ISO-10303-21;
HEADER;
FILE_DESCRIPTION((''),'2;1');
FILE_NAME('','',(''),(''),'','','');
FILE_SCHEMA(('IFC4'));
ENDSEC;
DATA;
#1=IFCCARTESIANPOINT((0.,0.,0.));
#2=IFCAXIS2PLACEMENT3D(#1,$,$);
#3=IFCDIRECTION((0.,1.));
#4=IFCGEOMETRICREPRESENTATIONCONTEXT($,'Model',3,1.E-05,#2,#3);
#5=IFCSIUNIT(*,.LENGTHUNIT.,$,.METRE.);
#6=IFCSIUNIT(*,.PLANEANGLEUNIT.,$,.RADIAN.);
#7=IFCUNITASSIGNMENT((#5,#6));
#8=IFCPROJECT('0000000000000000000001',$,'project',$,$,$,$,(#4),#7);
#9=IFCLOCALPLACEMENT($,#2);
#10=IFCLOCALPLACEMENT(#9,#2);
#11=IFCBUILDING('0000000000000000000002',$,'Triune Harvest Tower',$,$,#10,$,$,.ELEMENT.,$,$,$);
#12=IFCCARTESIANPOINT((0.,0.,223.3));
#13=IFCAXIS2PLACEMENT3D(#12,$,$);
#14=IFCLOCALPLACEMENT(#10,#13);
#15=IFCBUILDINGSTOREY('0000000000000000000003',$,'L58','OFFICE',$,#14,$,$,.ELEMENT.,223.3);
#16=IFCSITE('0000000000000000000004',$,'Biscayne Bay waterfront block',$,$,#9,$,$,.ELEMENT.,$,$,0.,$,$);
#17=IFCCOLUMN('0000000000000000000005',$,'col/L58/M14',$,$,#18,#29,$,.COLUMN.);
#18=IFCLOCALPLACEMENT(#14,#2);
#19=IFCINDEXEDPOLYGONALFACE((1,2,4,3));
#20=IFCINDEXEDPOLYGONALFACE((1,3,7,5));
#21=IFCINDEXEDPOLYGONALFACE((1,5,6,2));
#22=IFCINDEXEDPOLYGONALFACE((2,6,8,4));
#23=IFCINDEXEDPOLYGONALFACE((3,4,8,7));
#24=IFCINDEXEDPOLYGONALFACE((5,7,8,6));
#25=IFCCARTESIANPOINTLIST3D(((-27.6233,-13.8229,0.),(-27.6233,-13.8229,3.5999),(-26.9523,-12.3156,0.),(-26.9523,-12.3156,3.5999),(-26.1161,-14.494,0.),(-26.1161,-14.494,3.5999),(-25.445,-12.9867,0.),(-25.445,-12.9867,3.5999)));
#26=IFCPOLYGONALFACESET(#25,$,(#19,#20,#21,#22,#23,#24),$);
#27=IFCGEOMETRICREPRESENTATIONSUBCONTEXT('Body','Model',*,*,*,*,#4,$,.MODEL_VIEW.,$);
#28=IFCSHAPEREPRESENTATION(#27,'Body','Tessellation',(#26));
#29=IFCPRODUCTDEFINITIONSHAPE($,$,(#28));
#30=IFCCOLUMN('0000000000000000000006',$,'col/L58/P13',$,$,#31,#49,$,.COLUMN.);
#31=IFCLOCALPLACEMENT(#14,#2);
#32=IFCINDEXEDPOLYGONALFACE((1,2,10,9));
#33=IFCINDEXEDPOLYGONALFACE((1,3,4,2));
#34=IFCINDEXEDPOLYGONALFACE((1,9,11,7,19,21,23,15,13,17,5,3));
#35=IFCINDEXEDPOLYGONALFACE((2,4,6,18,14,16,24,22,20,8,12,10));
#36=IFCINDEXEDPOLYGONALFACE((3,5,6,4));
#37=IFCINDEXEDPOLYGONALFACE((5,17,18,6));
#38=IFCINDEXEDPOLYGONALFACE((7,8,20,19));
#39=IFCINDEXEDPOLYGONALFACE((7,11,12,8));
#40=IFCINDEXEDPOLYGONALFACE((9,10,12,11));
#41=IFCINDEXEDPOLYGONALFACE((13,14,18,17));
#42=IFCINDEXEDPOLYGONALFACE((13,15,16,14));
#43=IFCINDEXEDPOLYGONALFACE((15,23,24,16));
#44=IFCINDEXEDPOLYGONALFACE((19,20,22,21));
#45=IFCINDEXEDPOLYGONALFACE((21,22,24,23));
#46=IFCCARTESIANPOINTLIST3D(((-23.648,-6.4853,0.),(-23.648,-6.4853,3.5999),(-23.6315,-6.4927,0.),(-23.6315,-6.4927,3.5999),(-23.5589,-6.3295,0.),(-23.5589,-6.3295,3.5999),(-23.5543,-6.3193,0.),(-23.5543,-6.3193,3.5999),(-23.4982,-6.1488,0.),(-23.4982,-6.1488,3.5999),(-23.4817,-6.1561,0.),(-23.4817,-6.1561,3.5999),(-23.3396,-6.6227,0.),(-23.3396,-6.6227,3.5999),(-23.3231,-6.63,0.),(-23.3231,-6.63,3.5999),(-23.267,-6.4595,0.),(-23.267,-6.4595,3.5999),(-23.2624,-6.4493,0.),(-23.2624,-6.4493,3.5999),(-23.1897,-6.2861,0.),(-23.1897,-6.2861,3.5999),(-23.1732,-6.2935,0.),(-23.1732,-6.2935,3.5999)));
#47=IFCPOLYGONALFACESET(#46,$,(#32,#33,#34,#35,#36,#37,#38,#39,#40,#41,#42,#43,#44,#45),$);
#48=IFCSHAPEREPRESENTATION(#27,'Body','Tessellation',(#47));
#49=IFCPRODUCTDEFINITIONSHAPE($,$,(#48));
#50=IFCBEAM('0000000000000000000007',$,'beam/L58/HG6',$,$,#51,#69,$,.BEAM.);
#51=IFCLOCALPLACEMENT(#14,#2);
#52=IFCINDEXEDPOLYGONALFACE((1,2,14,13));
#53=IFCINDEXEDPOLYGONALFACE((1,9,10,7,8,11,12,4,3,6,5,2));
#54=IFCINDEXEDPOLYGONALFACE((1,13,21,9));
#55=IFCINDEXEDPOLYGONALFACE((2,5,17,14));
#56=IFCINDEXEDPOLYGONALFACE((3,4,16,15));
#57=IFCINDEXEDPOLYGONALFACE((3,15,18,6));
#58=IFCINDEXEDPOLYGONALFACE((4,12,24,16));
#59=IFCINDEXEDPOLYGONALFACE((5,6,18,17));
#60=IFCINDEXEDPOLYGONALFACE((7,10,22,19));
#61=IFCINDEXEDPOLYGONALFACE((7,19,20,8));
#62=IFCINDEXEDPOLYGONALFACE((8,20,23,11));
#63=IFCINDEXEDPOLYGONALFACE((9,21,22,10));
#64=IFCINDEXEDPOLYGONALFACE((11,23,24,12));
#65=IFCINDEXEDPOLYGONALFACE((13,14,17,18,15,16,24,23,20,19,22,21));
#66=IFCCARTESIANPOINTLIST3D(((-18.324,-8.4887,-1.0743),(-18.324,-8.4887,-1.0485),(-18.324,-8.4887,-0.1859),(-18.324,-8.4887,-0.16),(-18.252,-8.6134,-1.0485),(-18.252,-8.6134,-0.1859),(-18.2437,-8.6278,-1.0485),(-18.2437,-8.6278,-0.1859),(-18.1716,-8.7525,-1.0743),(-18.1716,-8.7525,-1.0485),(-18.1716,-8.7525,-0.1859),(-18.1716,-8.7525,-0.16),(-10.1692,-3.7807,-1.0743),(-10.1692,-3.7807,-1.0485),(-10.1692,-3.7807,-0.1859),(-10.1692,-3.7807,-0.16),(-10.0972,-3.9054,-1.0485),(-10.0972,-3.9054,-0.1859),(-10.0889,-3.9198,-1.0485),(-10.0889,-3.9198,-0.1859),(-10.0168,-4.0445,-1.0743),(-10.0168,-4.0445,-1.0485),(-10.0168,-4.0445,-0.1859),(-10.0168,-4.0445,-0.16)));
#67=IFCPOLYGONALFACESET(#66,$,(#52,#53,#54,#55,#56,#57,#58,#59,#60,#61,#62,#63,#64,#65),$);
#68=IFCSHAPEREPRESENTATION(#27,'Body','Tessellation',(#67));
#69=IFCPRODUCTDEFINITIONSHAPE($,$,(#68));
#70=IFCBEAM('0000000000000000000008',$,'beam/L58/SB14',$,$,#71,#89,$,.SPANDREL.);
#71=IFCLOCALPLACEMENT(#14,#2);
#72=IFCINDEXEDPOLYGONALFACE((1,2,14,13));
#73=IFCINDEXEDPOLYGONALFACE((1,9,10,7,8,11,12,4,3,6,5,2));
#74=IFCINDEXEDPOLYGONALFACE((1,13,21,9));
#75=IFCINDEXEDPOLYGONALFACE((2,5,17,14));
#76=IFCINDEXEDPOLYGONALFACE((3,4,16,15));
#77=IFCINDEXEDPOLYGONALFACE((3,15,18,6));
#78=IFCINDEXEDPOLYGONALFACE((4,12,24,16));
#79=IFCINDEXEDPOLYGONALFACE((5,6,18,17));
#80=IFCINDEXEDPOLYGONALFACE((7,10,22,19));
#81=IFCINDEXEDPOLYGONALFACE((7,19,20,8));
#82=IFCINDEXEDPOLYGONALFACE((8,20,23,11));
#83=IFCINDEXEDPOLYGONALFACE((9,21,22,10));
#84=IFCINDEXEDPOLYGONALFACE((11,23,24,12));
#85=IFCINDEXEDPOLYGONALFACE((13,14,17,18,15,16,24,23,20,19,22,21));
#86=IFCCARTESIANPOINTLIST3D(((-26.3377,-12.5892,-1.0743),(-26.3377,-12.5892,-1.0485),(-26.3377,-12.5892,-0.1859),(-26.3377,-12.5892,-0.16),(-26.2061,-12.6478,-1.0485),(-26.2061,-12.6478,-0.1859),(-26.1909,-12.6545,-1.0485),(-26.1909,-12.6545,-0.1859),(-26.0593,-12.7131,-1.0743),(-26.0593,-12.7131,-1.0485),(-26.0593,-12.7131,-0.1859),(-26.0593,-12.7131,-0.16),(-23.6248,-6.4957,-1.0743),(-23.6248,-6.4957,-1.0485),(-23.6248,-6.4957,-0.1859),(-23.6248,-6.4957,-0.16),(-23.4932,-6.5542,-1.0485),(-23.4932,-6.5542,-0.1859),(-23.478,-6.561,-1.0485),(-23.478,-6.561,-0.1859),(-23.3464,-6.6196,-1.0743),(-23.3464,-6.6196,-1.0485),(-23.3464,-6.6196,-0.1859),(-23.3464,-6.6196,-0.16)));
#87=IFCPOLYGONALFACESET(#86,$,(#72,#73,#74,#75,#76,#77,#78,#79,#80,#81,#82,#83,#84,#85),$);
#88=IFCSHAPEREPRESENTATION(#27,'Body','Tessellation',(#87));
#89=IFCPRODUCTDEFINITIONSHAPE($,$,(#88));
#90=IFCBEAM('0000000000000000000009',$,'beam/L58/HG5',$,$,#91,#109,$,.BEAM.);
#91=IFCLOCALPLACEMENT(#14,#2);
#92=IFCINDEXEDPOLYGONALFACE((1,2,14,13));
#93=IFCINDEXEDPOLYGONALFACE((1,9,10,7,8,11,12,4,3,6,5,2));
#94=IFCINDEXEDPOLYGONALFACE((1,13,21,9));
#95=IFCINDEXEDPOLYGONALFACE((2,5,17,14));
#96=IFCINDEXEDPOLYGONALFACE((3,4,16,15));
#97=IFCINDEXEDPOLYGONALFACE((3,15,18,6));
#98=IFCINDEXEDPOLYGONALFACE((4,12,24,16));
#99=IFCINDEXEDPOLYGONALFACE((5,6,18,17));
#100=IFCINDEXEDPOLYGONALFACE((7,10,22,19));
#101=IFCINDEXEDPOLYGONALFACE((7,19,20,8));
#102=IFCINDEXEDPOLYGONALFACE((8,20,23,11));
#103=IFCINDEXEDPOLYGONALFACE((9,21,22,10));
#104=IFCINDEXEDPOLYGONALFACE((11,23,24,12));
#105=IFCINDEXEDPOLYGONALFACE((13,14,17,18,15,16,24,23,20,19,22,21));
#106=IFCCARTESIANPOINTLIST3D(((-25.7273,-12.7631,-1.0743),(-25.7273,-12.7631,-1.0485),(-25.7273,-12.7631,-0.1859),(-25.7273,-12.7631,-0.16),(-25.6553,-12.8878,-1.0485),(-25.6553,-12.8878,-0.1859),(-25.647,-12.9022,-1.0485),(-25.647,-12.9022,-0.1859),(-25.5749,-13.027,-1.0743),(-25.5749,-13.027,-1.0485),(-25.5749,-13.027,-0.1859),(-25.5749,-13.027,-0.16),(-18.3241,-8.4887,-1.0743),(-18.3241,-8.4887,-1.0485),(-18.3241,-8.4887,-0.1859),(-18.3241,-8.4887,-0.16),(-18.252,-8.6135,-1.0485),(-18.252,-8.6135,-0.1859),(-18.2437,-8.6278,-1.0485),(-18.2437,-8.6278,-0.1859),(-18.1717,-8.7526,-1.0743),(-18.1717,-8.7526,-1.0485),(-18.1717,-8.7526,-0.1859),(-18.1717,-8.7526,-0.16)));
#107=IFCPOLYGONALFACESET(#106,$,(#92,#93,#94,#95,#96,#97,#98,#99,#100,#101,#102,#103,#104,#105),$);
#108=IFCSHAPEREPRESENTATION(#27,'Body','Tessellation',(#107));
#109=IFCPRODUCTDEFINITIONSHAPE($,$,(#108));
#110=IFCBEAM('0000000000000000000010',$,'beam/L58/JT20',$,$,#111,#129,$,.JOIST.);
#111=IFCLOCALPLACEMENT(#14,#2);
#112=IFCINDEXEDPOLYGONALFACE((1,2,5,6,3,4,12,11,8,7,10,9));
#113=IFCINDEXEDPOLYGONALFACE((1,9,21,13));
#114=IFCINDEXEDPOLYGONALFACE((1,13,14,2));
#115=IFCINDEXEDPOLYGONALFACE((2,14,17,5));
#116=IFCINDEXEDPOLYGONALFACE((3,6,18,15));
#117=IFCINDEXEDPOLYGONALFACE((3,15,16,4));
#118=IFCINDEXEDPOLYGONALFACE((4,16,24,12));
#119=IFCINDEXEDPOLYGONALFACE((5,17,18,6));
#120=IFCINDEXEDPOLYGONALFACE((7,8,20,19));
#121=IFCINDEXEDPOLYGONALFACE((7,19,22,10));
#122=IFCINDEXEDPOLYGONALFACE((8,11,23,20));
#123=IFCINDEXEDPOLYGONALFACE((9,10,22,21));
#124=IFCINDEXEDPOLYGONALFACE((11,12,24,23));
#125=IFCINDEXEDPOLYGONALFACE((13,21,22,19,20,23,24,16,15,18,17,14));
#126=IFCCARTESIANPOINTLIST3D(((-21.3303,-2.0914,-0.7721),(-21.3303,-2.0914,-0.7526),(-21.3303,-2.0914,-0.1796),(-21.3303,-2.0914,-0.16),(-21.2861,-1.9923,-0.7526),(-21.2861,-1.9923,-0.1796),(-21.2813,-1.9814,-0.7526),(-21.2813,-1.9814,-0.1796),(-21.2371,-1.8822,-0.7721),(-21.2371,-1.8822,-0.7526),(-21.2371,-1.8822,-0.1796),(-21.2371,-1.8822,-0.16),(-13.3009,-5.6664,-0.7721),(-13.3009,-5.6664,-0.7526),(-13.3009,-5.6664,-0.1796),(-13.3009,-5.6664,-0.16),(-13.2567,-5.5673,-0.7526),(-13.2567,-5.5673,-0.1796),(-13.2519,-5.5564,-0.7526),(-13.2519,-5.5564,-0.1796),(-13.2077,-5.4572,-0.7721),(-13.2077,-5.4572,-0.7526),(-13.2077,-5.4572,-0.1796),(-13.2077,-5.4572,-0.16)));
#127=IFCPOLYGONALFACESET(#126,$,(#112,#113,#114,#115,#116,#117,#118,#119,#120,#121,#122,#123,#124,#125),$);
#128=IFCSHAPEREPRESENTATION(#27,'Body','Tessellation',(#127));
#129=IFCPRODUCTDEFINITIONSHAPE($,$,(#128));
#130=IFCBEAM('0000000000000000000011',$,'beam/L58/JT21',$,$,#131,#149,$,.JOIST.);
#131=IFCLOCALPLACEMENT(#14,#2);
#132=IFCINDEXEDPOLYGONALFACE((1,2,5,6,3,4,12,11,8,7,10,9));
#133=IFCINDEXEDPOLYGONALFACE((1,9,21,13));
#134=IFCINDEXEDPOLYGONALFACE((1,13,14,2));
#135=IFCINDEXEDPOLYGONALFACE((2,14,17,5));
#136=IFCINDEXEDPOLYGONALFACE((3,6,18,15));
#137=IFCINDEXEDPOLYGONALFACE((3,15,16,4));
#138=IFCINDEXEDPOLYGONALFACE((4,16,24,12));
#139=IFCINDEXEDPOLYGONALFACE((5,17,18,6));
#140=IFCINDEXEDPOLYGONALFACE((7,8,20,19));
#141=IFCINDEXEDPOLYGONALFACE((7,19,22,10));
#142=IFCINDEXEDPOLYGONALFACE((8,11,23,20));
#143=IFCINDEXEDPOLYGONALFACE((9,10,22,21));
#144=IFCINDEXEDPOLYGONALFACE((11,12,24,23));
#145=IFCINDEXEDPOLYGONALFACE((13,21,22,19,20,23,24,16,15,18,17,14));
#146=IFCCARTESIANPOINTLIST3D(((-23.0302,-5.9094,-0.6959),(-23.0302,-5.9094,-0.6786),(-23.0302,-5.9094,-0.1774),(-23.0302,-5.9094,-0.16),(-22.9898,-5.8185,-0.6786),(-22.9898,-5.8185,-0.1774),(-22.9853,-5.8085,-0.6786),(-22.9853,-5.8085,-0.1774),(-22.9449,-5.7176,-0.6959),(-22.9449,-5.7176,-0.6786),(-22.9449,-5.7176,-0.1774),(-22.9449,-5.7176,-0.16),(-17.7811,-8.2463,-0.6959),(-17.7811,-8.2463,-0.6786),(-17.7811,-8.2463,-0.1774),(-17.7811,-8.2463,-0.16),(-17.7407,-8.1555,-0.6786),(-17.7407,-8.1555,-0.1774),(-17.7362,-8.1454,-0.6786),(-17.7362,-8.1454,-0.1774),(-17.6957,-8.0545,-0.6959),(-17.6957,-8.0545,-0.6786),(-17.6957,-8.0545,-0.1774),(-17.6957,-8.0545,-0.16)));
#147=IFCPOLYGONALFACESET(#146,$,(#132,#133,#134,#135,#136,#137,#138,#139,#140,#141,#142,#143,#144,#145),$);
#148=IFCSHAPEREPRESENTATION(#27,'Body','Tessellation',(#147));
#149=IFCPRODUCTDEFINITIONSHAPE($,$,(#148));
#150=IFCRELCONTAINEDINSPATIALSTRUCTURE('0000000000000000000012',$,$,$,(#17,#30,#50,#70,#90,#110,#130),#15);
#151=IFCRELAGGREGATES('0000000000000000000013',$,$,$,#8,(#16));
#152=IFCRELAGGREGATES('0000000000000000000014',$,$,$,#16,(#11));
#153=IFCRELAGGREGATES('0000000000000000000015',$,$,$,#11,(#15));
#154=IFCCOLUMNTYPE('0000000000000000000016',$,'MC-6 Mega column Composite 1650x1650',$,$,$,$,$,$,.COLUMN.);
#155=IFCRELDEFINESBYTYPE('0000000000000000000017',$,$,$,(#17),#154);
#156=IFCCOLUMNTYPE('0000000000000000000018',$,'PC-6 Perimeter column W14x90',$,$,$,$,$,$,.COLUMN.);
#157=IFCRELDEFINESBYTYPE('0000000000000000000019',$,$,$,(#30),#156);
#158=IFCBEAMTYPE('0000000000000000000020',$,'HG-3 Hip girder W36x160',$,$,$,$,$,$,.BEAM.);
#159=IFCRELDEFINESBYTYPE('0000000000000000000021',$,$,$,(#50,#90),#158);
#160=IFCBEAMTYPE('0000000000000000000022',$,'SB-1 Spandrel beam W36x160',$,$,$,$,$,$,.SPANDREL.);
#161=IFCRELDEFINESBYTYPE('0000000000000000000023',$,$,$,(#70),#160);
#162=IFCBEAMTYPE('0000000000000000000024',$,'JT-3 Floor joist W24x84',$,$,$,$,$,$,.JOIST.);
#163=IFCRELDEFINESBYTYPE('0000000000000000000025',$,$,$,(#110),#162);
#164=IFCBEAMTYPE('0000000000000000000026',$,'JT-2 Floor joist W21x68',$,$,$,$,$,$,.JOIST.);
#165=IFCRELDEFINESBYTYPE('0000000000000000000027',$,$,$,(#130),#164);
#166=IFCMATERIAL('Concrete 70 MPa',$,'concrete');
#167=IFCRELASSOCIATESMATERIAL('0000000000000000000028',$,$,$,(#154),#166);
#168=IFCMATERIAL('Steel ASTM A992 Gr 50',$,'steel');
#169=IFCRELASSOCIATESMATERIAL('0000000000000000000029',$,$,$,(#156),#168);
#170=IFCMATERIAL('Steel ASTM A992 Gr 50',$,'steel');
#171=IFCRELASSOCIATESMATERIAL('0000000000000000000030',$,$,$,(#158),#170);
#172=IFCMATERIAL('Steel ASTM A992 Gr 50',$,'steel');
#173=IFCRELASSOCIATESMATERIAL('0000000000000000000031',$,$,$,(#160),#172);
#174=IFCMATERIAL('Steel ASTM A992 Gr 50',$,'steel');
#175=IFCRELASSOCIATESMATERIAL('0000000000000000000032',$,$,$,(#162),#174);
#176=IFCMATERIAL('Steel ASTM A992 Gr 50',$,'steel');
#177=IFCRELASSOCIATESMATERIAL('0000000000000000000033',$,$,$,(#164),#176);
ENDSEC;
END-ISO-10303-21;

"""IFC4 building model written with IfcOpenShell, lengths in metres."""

from ifc_helpers import new_model, si_unit, direction, frame, origin, origin_2d, place, context, subcontext, project, spatial, rectangle, i_section, extrude, source, transform, mapped, material, material_profile, profile_set, type_object, element, save


model = new_model("IFC4")

# Units and contexts
model_context = context("Model", 3, precision=1e-05, world=origin(), true_north=direction((0.0, 1.0)))
body_context = subcontext(model_context, "Body", "Model", "MODEL_VIEW")
ifc_project = project(units=[si_unit("LENGTHUNIT", "METRE"), si_unit("PLANEANGLEUNIT", "RADIAN")], contexts=[model_context])

# Site, building, storey
site_placement = place(None, origin())
site = spatial("IfcSite", under=ifc_project, at=site_placement, Name="Biscayne Bay waterfront block", CompositionType="ELEMENT", RefElevation=0.0)
building_placement = place(site_placement, origin())
building = spatial("IfcBuilding", under=site, at=building_placement, Name="Triune Harvest Tower", CompositionType="ELEMENT")
storey_placement = place(building_placement, frame((0.0, 0.0, 223.3)))
storey = spatial("IfcBuildingStorey", under=building, at=storey_placement, Name="L58", Description="OFFICE", CompositionType="ELEMENT", Elevation=223.3)

# Columns
ifc_material_1 = material(Name="Concrete 70 MPa", Category="concrete")
ifc_material_profile_1 = material_profile(ifc_material_1, rectangle(XDim=1.6499, YDim=1.6499, at=origin_2d()), Name="Composite 1650x1650")
ifc_profile_set_1 = profile_set([ifc_material_profile_1], Name="Concrete 70 MPa")
column_type_1 = type_object("IfcColumnType", Name="MC-6 Mega column Composite 1650x1650", PredefinedType="COLUMN", material=ifc_profile_set_1)
shared_shape_1 = source(origin(), body_context, "Body", "SweptSolid", [
    extrude(rectangle(XDim=1.6499, YDim=1.6499, at=origin_2d()), origin(), (0.0, 0.0, 1.0), 3.5999),
])
column_1_placement = place(storey_placement, frame((-26.5342, -13.4048, 0.0), z_axis=(0.0, 0.0, 1.0), x_axis=(-0.406738, -0.913545, 0.0)))
element("IfcColumn", 1, at=column_1_placement, inside=storey, type_object=column_type_1, Name="col/L58/M14", PredefinedType="COLUMN", context=body_context, shape_type="MappedRepresentation", body=[
    mapped(shared_shape_1, transform((0.0, 0.0, 0.0), scale=1.0)),
])
ifc_material_2 = material(Name="Steel ASTM A992 Gr 50", Category="steel")
ifc_material_profile_2 = material_profile(ifc_material_2, i_section(OverallWidth=0.3684, OverallDepth=0.3557, WebThickness=0.0112, FlangeThickness=0.0181, at=origin_2d()), Name="W14x90")
ifc_profile_set_2 = profile_set([ifc_material_profile_2], Name="Steel ASTM A992 Gr 50")
column_type_2 = type_object("IfcColumnType", Name="PC-6 Perimeter column W14x90", PredefinedType="COLUMN", material=ifc_profile_set_2)
shared_shape_2 = source(origin(), body_context, "Body", "SweptSolid", [
    extrude(i_section(OverallWidth=0.3684, OverallDepth=0.3557, WebThickness=0.0112, FlangeThickness=0.0181, at=origin_2d()), origin(), (0.0, 0.0, 1.0), 3.5999),
])
column_2_placement = place(storey_placement, frame((-23.4106, -6.3894, 0.0), z_axis=(0.0, 0.0, 1.0), x_axis=(-0.406738, -0.913545, 0.0)))
element("IfcColumn", 2, at=column_2_placement, inside=storey, type_object=column_type_2, Name="col/L58/P13", PredefinedType="COLUMN", context=body_context, shape_type="MappedRepresentation", body=[
    mapped(shared_shape_2, transform((0.0, 0.0, 0.0), scale=1.0)),
])

# Beams
ifc_material_3 = material(Name="Steel ASTM A992 Gr 50", Category="steel")
ifc_material_profile_3 = material_profile(ifc_material_3, i_section(OverallWidth=0.3047, OverallDepth=0.9143, WebThickness=0.0166, FlangeThickness=0.0259, at=origin_2d()), Name="W36x160")
ifc_profile_set_3 = profile_set([ifc_material_profile_3], Name="Steel ASTM A992 Gr 50")
beam_type_1 = type_object("IfcBeamType", Name="HG-3 Hip girder W36x160", PredefinedType="BEAM", material=ifc_profile_set_3)
shared_shape_3 = source(origin(), body_context, "Body", "SweptSolid", [
    extrude(i_section(OverallWidth=0.3047, OverallDepth=0.9143, WebThickness=0.0166, FlangeThickness=0.0259, at=origin_2d()), origin(), (0.0, 0.0, 1.0), 9.4163),
])
beam_1_placement = place(storey_placement, frame((-18.2478, -8.6206, -0.6172), z_axis=(0.866033, 0.499987, 0.0), x_axis=(-0.499987, 0.866033, 0.0)))
element("IfcBeam", 3, at=beam_1_placement, inside=storey, type_object=beam_type_1, Name="beam/L58/HG6", PredefinedType="BEAM", context=body_context, shape_type="MappedRepresentation", body=[
    mapped(shared_shape_3, transform((0.0, 0.0, 0.0), scale=1.0)),
])
ifc_material_4 = material(Name="Steel ASTM A992 Gr 50", Category="steel")
ifc_material_profile_4 = material_profile(ifc_material_4, i_section(OverallWidth=0.3047, OverallDepth=0.9143, WebThickness=0.0166, FlangeThickness=0.0259, at=origin_2d()), Name="W36x160")
ifc_profile_set_4 = profile_set([ifc_material_profile_4], Name="Steel ASTM A992 Gr 50")
beam_type_2 = type_object("IfcBeamType", Name="SB-1 Spandrel beam W36x160", PredefinedType="SPANDREL", material=ifc_profile_set_4)
shared_shape_4 = source(origin(), body_context, "Body", "SweptSolid", [
    extrude(i_section(OverallWidth=0.3047, OverallDepth=0.9143, WebThickness=0.0166, FlangeThickness=0.0259, at=origin_2d()), origin(), (0.0, 0.0, 1.0), 6.6702),
])
beam_2_placement = place(storey_placement, frame((-23.4856, -6.5576, -0.6172), z_axis=(-0.406723, -0.913552, 0.0), x_axis=(0.913552, -0.406723, 0.0)))
element("IfcBeam", 4, at=beam_2_placement, inside=storey, type_object=beam_type_2, Name="beam/L58/SB14", PredefinedType="SPANDREL", context=body_context, shape_type="MappedRepresentation", body=[
    mapped(shared_shape_4, transform((0.0, 0.0, 0.0), scale=1.0)),
])
shared_shape_5 = source(origin(), body_context, "Body", "SweptSolid", [
    extrude(i_section(OverallWidth=0.3047, OverallDepth=0.9143, WebThickness=0.0166, FlangeThickness=0.0259, at=origin_2d()), origin(), (0.0, 0.0, 1.0), 8.5486),
])
beam_3_placement = place(storey_placement, frame((-25.6511, -12.895, -0.6172), z_axis=(0.86602, 0.500009, 0.0), x_axis=(-0.500009, 0.86602, 0.0)))
element("IfcBeam", 5, at=beam_3_placement, inside=storey, type_object=beam_type_1, Name="beam/L58/HG5", PredefinedType="BEAM", context=body_context, shape_type="MappedRepresentation", body=[
    mapped(shared_shape_5, transform((0.0, 0.0, 0.0), scale=1.0)),
])
ifc_material_5 = material(Name="Steel ASTM A992 Gr 50", Category="steel")
ifc_material_profile_5 = material_profile(ifc_material_5, i_section(OverallWidth=0.229, OverallDepth=0.6121, WebThickness=0.012, FlangeThickness=0.0195, at=origin_2d()), Name="W24x84")
ifc_profile_set_5 = profile_set([ifc_material_profile_5], Name="Steel ASTM A992 Gr 50")
beam_type_3 = type_object("IfcBeamType", Name="JT-3 Floor joist W24x84", PredefinedType="JOIST", material=ifc_profile_set_5)
shared_shape_6 = source(origin(), body_context, "Body", "SweptSolid", [
    extrude(i_section(OverallWidth=0.229, OverallDepth=0.6121, WebThickness=0.012, FlangeThickness=0.0195, at=origin_2d()), origin(), (0.0, 0.0, 1.0), 8.7893),
])
beam_4_placement = place(storey_placement, frame((-21.2837, -1.9868, -0.4661), z_axis=(0.913542, -0.406744, 0.0), x_axis=(0.406744, 0.913542, 0.0)))
element("IfcBeam", 6, at=beam_4_placement, inside=storey, type_object=beam_type_3, Name="beam/L58/JT20", PredefinedType="JOIST", context=body_context, shape_type="MappedRepresentation", body=[
    mapped(shared_shape_6, transform((0.0, 0.0, 0.0), scale=1.0)),
])
ifc_material_6 = material(Name="Steel ASTM A992 Gr 50", Category="steel")
ifc_material_profile_6 = material_profile(ifc_material_6, i_section(OverallWidth=0.21, OverallDepth=0.5359, WebThickness=0.011, FlangeThickness=0.0173, at=origin_2d()), Name="W21x68")
ifc_profile_set_6 = profile_set([ifc_material_profile_6], Name="Steel ASTM A992 Gr 50")
beam_type_4 = type_object("IfcBeamType", Name="JT-2 Floor joist W21x68", PredefinedType="JOIST", material=ifc_profile_set_6)
shared_shape_7 = source(origin(), body_context, "Body", "SweptSolid", [
    extrude(i_section(OverallWidth=0.21, OverallDepth=0.5359, WebThickness=0.011, FlangeThickness=0.0173, at=origin_2d()), origin(), (0.0, 0.0, 1.0), 5.7458),
])
beam_5_placement = place(storey_placement, frame((-22.9875, -5.8135, -0.428), z_axis=(0.913552, -0.406722, 0.0), x_axis=(0.406722, 0.913552, 0.0)))
element("IfcBeam", 7, at=beam_5_placement, inside=storey, type_object=beam_type_4, Name="beam/L58/JT21", PredefinedType="JOIST", context=body_context, shape_type="MappedRepresentation", body=[
    mapped(shared_shape_7, transform((0.0, 0.0, 0.0), scale=1.0)),
])

save(model, "model.ifc")
